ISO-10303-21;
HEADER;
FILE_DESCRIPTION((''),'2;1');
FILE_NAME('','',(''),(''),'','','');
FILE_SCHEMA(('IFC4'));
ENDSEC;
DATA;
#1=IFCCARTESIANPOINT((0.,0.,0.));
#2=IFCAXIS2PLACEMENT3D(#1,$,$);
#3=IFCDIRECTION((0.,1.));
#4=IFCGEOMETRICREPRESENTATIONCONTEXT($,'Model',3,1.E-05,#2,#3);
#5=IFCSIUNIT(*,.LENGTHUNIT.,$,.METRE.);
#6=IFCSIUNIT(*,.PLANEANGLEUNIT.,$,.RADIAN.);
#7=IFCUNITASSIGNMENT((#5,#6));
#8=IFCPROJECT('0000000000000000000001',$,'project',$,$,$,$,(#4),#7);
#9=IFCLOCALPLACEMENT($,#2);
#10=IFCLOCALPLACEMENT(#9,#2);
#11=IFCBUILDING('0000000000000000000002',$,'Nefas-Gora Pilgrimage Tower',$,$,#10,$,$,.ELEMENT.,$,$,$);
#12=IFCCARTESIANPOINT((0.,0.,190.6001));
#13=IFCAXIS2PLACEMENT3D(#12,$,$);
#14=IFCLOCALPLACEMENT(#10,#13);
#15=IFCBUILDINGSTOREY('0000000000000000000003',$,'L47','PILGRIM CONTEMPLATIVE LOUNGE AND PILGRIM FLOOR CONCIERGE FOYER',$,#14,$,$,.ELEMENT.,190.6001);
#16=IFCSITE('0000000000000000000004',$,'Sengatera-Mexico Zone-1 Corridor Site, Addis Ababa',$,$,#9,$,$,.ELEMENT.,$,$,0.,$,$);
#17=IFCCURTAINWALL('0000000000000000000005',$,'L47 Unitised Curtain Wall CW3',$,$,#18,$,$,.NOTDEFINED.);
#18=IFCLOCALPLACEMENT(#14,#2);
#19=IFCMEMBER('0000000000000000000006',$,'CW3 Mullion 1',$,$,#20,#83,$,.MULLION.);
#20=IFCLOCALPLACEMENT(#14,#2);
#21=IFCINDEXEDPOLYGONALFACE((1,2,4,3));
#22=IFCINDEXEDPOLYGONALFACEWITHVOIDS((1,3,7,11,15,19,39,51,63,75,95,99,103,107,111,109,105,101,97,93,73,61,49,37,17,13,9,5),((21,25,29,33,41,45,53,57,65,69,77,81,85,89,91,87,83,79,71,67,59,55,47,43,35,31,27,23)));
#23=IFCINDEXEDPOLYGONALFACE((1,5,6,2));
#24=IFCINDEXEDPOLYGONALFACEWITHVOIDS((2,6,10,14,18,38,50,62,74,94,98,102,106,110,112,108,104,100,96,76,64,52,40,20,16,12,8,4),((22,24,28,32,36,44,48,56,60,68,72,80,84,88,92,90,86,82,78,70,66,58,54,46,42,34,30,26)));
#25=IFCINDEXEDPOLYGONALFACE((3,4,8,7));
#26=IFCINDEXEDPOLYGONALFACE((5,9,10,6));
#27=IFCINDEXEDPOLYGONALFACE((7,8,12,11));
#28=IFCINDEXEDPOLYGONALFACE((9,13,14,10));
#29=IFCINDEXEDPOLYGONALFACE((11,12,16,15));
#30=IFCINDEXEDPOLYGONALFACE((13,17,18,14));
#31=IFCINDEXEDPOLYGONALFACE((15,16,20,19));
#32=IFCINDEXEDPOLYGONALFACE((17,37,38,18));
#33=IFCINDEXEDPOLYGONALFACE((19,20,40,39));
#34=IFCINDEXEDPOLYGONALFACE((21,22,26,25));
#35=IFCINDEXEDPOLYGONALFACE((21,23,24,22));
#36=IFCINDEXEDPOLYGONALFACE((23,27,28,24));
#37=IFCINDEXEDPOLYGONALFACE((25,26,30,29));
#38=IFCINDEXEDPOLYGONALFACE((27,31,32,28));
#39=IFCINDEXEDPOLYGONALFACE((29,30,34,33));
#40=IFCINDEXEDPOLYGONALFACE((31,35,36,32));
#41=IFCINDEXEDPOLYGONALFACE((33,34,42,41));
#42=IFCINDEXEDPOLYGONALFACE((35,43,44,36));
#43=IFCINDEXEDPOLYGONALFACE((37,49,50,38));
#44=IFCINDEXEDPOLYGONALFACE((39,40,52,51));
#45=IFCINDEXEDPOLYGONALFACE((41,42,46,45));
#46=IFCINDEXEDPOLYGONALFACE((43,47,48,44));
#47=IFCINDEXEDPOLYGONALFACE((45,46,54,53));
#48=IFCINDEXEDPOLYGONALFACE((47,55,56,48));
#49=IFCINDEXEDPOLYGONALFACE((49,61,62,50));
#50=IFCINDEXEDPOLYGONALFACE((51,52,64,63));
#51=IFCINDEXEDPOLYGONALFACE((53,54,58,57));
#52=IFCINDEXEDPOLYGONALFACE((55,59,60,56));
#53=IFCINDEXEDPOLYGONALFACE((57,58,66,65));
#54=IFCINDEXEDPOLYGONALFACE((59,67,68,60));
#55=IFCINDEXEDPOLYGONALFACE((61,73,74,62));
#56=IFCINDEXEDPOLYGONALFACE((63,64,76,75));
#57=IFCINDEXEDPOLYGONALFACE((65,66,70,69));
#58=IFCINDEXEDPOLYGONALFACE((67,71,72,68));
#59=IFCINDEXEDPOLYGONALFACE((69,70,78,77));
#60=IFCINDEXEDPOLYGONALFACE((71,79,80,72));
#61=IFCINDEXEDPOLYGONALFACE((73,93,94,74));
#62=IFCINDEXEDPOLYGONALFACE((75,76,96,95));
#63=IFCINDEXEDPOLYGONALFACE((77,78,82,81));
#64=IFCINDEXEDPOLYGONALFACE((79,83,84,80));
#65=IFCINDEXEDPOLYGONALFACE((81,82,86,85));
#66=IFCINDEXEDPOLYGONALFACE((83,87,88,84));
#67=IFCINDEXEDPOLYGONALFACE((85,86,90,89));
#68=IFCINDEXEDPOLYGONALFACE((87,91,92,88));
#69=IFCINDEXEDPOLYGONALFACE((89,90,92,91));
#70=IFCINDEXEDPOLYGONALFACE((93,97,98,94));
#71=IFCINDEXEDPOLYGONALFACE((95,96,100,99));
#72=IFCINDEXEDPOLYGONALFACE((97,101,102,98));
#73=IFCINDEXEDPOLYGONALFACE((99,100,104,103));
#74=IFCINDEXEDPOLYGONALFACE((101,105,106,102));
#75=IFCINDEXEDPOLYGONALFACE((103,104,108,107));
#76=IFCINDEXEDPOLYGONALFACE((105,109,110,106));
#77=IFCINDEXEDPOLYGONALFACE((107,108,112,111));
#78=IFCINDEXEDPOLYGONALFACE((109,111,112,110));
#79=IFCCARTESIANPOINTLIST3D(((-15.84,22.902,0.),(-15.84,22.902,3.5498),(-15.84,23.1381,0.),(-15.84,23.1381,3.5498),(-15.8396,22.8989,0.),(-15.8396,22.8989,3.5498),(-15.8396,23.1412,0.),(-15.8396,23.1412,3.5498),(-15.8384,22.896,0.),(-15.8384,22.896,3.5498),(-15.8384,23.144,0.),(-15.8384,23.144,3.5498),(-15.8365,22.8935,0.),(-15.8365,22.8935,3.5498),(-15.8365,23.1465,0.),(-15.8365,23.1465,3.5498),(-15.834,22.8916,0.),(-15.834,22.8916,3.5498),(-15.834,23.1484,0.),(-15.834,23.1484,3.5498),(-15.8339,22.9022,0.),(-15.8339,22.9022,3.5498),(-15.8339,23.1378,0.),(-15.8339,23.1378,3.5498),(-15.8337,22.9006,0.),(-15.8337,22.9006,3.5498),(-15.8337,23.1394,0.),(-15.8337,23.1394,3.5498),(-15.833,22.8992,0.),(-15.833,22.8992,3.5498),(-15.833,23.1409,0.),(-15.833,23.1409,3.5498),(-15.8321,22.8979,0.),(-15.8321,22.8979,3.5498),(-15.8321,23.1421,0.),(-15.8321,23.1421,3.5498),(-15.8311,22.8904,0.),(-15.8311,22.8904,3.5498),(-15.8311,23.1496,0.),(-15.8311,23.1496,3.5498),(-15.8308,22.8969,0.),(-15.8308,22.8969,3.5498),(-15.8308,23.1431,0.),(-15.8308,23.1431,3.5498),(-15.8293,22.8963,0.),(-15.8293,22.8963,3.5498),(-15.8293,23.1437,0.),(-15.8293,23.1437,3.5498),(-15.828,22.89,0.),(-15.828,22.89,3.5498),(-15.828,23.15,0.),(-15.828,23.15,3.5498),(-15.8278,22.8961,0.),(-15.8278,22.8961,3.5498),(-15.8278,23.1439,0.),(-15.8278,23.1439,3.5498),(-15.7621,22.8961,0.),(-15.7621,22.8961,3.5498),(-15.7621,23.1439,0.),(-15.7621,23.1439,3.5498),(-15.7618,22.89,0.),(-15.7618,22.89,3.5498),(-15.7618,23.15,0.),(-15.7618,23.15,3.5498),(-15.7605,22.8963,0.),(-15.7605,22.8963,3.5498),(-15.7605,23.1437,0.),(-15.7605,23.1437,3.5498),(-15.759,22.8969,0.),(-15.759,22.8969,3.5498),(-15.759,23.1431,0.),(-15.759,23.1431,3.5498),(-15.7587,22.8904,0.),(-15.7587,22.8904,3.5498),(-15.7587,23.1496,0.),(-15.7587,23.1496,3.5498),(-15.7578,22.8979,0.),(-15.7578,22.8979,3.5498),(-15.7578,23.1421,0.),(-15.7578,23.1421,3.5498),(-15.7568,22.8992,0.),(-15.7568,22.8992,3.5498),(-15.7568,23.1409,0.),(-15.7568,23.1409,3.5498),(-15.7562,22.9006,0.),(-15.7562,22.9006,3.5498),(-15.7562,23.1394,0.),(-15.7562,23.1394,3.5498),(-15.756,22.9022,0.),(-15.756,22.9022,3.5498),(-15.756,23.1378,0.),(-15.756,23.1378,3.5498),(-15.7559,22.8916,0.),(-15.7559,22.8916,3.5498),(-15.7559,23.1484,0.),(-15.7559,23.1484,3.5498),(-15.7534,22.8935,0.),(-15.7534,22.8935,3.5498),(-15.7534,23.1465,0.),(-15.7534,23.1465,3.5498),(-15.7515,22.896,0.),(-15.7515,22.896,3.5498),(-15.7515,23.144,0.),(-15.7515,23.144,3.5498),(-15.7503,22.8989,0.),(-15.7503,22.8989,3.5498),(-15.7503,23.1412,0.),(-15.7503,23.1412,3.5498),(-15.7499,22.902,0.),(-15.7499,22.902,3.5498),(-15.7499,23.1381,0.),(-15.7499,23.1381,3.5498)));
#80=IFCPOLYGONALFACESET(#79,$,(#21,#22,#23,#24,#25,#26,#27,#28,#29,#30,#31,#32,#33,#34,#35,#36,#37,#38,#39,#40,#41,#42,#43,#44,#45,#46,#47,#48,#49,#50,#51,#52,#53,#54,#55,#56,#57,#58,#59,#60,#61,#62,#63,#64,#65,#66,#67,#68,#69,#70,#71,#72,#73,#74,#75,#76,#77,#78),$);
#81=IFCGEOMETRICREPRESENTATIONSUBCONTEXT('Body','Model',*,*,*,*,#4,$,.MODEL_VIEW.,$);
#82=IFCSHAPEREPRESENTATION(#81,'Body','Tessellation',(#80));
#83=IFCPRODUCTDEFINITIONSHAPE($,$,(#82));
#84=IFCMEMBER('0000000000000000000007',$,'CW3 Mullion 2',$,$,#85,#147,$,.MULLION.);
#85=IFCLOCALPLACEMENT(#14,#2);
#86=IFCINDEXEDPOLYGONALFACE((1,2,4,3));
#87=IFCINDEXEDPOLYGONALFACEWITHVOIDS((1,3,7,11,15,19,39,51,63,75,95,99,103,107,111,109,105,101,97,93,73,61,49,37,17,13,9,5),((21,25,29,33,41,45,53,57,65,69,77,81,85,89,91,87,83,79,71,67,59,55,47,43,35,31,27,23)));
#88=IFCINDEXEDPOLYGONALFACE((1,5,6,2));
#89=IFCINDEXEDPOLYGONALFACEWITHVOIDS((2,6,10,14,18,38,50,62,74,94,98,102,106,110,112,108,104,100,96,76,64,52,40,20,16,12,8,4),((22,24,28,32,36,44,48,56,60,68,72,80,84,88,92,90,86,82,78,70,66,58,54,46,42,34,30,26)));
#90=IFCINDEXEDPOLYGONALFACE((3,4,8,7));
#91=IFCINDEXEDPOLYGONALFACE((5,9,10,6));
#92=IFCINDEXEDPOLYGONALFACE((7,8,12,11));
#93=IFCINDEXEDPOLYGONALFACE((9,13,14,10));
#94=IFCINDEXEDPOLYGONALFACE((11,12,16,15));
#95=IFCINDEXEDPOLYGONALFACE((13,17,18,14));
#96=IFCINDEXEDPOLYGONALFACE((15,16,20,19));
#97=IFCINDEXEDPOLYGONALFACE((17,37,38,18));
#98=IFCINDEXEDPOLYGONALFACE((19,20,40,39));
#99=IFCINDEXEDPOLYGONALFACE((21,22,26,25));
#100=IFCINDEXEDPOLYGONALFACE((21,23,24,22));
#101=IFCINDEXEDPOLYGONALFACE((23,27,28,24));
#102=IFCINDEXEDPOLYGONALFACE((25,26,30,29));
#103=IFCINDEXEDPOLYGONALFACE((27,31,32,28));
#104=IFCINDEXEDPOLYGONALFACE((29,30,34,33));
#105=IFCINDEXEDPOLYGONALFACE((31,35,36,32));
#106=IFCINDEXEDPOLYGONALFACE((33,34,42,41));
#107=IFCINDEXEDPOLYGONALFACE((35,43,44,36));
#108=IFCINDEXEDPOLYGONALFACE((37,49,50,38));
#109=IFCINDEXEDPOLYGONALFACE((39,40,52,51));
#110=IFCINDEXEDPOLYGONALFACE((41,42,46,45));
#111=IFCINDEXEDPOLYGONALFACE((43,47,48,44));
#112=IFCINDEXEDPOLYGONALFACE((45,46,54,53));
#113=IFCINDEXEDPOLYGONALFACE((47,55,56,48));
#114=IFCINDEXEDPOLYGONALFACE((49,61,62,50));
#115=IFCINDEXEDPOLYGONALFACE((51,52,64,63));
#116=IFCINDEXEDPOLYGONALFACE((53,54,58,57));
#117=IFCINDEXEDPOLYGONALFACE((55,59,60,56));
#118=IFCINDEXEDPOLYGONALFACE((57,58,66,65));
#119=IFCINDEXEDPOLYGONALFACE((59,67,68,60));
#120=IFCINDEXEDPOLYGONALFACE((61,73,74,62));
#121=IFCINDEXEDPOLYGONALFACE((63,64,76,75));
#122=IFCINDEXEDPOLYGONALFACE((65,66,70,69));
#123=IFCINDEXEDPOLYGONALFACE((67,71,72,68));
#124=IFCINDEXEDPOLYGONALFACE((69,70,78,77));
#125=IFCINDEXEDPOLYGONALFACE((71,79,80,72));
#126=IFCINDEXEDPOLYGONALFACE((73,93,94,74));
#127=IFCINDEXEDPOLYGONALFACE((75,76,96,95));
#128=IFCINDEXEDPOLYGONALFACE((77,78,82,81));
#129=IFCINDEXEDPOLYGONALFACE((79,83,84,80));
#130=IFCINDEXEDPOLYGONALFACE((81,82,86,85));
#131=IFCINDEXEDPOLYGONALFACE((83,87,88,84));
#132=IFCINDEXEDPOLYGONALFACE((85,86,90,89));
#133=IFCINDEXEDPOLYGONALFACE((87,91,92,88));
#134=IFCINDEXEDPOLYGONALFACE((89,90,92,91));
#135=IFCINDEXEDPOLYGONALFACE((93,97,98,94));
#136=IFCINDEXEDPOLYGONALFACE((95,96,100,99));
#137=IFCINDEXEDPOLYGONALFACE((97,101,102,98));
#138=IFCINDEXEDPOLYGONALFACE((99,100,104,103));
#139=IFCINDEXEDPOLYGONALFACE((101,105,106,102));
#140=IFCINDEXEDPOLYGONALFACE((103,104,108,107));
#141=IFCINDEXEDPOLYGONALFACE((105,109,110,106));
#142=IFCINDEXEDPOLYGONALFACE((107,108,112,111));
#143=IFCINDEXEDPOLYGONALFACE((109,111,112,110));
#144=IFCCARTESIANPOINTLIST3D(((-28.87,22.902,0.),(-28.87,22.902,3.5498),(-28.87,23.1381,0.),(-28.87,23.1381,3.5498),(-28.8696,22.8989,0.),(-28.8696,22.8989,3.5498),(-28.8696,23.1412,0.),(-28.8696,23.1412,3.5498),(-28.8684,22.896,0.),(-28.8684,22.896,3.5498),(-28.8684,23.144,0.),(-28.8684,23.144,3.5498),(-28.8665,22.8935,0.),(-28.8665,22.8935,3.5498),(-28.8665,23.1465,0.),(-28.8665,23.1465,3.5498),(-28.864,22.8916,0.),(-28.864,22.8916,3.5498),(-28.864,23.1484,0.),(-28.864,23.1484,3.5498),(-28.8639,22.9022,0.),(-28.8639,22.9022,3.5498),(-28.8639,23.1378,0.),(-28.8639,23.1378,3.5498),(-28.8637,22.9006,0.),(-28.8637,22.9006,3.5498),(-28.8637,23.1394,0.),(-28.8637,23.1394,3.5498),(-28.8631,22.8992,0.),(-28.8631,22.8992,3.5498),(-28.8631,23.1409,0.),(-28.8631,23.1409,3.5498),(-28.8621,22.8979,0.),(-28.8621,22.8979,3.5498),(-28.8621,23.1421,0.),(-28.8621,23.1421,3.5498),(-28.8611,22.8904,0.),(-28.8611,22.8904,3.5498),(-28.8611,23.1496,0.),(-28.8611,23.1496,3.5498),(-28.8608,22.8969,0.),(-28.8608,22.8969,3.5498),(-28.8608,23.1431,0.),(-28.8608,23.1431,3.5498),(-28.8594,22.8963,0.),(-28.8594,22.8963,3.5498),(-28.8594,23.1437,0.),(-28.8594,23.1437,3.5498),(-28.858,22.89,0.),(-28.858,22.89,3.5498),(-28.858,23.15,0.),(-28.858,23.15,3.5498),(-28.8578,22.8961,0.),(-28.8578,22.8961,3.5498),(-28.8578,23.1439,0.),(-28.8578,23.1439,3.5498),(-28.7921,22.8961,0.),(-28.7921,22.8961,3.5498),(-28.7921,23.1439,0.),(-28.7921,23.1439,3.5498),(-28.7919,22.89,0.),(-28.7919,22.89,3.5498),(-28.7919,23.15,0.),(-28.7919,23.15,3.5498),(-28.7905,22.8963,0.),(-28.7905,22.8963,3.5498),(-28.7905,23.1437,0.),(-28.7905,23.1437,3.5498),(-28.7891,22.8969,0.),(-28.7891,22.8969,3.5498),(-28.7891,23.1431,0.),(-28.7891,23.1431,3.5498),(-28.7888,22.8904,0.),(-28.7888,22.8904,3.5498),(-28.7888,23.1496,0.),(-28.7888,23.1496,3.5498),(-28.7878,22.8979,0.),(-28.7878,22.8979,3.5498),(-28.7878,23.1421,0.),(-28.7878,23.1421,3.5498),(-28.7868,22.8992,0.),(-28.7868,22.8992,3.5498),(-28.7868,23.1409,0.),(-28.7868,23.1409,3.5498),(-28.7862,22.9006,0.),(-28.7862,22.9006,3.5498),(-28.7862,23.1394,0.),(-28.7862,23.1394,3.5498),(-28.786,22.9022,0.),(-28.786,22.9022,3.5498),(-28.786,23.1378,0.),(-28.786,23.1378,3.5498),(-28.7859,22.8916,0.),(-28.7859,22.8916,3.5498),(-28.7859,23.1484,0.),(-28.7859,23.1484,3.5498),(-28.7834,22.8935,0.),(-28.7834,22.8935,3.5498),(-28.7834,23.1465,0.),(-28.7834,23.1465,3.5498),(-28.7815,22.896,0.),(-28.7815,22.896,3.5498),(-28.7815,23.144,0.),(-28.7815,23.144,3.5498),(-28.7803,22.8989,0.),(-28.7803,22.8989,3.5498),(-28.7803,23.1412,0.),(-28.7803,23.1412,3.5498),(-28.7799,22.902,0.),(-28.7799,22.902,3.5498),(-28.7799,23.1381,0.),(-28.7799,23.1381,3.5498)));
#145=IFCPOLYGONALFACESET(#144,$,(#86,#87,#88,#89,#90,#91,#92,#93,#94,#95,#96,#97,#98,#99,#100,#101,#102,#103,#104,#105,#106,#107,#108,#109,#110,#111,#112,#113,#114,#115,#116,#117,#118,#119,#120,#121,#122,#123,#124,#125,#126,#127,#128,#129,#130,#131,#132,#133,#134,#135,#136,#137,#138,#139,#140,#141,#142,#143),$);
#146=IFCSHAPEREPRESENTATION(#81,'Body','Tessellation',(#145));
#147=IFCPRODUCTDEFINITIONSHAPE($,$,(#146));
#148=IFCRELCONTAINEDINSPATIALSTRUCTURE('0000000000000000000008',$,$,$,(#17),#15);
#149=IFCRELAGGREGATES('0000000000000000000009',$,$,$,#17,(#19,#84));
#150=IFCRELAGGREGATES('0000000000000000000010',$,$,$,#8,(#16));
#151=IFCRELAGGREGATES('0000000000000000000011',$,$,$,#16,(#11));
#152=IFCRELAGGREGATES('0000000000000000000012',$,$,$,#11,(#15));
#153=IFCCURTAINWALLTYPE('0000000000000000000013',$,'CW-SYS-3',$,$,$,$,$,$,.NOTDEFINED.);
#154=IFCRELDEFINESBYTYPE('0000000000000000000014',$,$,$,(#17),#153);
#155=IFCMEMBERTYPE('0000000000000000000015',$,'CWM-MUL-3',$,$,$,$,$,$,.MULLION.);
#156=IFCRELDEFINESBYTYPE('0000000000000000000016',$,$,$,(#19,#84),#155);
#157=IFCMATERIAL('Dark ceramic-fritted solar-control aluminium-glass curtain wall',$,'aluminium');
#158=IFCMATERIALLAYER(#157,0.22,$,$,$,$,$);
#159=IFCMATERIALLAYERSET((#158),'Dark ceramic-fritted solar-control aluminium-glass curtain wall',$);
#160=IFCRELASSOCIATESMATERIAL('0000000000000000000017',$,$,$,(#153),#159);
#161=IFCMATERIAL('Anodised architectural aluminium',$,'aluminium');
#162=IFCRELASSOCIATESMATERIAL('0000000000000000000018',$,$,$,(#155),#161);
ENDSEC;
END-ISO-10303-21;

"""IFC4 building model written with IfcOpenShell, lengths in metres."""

from ifc_helpers import new_model, si_unit, direction, frame, origin, origin_2d, place, context, subcontext, project, spatial, hollow_rectangle, extrude, source, transform, mapped, material, layer, layer_set, material_profile, profile_set, type_object, element, aggregate, save


model = new_model("IFC4")

# Units and contexts
model_context = context("Model", 3, precision=1e-05, world=origin(), true_north=direction((0.0, 1.0)))
body_context = subcontext(model_context, "Body", "Model", "MODEL_VIEW")
ifc_project = project(units=[si_unit("LENGTHUNIT", "METRE"), si_unit("PLANEANGLEUNIT", "RADIAN")], contexts=[model_context])

# Site, building, storey
site_placement = place(None, origin())
site = spatial("IfcSite", under=ifc_project, at=site_placement, Name="Sengatera-Mexico Zone-1 Corridor Site, Addis Ababa", CompositionType="ELEMENT", RefElevation=0.0)
building_placement = place(site_placement, origin())
building = spatial("IfcBuilding", under=site, at=building_placement, Name="Nefas-Gora Pilgrimage Tower", CompositionType="ELEMENT")
storey_placement = place(building_placement, frame((0.0, 0.0, 190.6001)))
storey = spatial("IfcBuildingStorey", under=building, at=storey_placement, Name="L47", Description="PILGRIM CONTEMPLATIVE LOUNGE AND PILGRIM FLOOR CONCIERGE FOYER", CompositionType="ELEMENT", Elevation=190.6001)

# Shared definitions
ifc_material_1 = material(Name="Dark ceramic-fritted solar-control aluminium-glass curtain wall", Category="aluminium")
ifc_material_2 = material(Name="Anodised architectural aluminium", Category="aluminium")

# Curtain wall, members
ifc_layer_1 = layer(ifc_material_1, 0.22)
ifc_layer_set_1 = layer_set([ifc_layer_1], Name="Dark ceramic-fritted solar-control aluminium-glass curtain wall")
curtain_wall_type_1 = type_object("IfcCurtainWallType", Name="CW-SYS-3", PredefinedType="NOTDEFINED", material=ifc_layer_set_1)
curtain_wall_1_placement = place(storey_placement, origin())
curtain_wall_1 = element("IfcCurtainWall", 1, at=curtain_wall_1_placement, inside=storey, type_object=curtain_wall_type_1, Name="L47 Unitised Curtain Wall CW3", PredefinedType="NOTDEFINED")
ifc_material_profile_1 = material_profile(ifc_material_2, hollow_rectangle(XDim=0.0901, YDim=0.26, WallThickness=0.0061, InnerFilletRadius=0.0061, OuterFilletRadius=0.012, at=origin_2d()), Name="ALU MULLION 90x260")
ifc_profile_set_1 = profile_set([ifc_material_profile_1], Name="Anodised architectural aluminium")
member_type_1 = type_object("IfcMemberType", Name="CWM-MUL-3", PredefinedType="MULLION", material=ifc_profile_set_1)
shared_shape_1 = source(origin(), body_context, "Body", "SweptSolid", [
    extrude(hollow_rectangle(XDim=0.0901, YDim=0.26, WallThickness=0.0061, InnerFilletRadius=0.0061, OuterFilletRadius=0.012, at=origin_2d()), origin(), (0.0, 0.0, 1.0), 3.5498),
])
member_1_placement = place(storey_placement, frame((-15.7949, 23.02, 0.0), z_axis=(0.0, 0.0, 1.0), x_axis=(-1.0, 0.0, 0.0)))
member_1 = element("IfcMember", 2, at=member_1_placement, type_object=member_type_1, Name="CW3 Mullion 1", PredefinedType="MULLION", context=body_context, shape_type="MappedRepresentation", body=[
    mapped(shared_shape_1, transform((0.0, 0.0, 0.0), x_axis=(1.0, 0.0, 0.0), y_axis=(0.0, 1.0, 0.0), z_axis=(0.0, 0.0, 1.0), scale=1.0)),
])
member_2_placement = place(storey_placement, frame((-28.825, 23.02, 0.0), z_axis=(0.0, 0.0, 1.0), x_axis=(-1.0, 0.0, 0.0)))
member_2 = element("IfcMember", 3, at=member_2_placement, type_object=member_type_1, Name="CW3 Mullion 2", PredefinedType="MULLION", context=body_context, shape_type="MappedRepresentation", body=[
    mapped(shared_shape_1, transform((0.0, 0.0, 0.0), x_axis=(1.0, 0.0, 0.0), y_axis=(0.0, 1.0, 0.0), z_axis=(0.0, 0.0, 1.0), scale=1.0)),
])

aggregate(curtain_wall_1, [member_1, member_2])

save(model, "model.ifc")
